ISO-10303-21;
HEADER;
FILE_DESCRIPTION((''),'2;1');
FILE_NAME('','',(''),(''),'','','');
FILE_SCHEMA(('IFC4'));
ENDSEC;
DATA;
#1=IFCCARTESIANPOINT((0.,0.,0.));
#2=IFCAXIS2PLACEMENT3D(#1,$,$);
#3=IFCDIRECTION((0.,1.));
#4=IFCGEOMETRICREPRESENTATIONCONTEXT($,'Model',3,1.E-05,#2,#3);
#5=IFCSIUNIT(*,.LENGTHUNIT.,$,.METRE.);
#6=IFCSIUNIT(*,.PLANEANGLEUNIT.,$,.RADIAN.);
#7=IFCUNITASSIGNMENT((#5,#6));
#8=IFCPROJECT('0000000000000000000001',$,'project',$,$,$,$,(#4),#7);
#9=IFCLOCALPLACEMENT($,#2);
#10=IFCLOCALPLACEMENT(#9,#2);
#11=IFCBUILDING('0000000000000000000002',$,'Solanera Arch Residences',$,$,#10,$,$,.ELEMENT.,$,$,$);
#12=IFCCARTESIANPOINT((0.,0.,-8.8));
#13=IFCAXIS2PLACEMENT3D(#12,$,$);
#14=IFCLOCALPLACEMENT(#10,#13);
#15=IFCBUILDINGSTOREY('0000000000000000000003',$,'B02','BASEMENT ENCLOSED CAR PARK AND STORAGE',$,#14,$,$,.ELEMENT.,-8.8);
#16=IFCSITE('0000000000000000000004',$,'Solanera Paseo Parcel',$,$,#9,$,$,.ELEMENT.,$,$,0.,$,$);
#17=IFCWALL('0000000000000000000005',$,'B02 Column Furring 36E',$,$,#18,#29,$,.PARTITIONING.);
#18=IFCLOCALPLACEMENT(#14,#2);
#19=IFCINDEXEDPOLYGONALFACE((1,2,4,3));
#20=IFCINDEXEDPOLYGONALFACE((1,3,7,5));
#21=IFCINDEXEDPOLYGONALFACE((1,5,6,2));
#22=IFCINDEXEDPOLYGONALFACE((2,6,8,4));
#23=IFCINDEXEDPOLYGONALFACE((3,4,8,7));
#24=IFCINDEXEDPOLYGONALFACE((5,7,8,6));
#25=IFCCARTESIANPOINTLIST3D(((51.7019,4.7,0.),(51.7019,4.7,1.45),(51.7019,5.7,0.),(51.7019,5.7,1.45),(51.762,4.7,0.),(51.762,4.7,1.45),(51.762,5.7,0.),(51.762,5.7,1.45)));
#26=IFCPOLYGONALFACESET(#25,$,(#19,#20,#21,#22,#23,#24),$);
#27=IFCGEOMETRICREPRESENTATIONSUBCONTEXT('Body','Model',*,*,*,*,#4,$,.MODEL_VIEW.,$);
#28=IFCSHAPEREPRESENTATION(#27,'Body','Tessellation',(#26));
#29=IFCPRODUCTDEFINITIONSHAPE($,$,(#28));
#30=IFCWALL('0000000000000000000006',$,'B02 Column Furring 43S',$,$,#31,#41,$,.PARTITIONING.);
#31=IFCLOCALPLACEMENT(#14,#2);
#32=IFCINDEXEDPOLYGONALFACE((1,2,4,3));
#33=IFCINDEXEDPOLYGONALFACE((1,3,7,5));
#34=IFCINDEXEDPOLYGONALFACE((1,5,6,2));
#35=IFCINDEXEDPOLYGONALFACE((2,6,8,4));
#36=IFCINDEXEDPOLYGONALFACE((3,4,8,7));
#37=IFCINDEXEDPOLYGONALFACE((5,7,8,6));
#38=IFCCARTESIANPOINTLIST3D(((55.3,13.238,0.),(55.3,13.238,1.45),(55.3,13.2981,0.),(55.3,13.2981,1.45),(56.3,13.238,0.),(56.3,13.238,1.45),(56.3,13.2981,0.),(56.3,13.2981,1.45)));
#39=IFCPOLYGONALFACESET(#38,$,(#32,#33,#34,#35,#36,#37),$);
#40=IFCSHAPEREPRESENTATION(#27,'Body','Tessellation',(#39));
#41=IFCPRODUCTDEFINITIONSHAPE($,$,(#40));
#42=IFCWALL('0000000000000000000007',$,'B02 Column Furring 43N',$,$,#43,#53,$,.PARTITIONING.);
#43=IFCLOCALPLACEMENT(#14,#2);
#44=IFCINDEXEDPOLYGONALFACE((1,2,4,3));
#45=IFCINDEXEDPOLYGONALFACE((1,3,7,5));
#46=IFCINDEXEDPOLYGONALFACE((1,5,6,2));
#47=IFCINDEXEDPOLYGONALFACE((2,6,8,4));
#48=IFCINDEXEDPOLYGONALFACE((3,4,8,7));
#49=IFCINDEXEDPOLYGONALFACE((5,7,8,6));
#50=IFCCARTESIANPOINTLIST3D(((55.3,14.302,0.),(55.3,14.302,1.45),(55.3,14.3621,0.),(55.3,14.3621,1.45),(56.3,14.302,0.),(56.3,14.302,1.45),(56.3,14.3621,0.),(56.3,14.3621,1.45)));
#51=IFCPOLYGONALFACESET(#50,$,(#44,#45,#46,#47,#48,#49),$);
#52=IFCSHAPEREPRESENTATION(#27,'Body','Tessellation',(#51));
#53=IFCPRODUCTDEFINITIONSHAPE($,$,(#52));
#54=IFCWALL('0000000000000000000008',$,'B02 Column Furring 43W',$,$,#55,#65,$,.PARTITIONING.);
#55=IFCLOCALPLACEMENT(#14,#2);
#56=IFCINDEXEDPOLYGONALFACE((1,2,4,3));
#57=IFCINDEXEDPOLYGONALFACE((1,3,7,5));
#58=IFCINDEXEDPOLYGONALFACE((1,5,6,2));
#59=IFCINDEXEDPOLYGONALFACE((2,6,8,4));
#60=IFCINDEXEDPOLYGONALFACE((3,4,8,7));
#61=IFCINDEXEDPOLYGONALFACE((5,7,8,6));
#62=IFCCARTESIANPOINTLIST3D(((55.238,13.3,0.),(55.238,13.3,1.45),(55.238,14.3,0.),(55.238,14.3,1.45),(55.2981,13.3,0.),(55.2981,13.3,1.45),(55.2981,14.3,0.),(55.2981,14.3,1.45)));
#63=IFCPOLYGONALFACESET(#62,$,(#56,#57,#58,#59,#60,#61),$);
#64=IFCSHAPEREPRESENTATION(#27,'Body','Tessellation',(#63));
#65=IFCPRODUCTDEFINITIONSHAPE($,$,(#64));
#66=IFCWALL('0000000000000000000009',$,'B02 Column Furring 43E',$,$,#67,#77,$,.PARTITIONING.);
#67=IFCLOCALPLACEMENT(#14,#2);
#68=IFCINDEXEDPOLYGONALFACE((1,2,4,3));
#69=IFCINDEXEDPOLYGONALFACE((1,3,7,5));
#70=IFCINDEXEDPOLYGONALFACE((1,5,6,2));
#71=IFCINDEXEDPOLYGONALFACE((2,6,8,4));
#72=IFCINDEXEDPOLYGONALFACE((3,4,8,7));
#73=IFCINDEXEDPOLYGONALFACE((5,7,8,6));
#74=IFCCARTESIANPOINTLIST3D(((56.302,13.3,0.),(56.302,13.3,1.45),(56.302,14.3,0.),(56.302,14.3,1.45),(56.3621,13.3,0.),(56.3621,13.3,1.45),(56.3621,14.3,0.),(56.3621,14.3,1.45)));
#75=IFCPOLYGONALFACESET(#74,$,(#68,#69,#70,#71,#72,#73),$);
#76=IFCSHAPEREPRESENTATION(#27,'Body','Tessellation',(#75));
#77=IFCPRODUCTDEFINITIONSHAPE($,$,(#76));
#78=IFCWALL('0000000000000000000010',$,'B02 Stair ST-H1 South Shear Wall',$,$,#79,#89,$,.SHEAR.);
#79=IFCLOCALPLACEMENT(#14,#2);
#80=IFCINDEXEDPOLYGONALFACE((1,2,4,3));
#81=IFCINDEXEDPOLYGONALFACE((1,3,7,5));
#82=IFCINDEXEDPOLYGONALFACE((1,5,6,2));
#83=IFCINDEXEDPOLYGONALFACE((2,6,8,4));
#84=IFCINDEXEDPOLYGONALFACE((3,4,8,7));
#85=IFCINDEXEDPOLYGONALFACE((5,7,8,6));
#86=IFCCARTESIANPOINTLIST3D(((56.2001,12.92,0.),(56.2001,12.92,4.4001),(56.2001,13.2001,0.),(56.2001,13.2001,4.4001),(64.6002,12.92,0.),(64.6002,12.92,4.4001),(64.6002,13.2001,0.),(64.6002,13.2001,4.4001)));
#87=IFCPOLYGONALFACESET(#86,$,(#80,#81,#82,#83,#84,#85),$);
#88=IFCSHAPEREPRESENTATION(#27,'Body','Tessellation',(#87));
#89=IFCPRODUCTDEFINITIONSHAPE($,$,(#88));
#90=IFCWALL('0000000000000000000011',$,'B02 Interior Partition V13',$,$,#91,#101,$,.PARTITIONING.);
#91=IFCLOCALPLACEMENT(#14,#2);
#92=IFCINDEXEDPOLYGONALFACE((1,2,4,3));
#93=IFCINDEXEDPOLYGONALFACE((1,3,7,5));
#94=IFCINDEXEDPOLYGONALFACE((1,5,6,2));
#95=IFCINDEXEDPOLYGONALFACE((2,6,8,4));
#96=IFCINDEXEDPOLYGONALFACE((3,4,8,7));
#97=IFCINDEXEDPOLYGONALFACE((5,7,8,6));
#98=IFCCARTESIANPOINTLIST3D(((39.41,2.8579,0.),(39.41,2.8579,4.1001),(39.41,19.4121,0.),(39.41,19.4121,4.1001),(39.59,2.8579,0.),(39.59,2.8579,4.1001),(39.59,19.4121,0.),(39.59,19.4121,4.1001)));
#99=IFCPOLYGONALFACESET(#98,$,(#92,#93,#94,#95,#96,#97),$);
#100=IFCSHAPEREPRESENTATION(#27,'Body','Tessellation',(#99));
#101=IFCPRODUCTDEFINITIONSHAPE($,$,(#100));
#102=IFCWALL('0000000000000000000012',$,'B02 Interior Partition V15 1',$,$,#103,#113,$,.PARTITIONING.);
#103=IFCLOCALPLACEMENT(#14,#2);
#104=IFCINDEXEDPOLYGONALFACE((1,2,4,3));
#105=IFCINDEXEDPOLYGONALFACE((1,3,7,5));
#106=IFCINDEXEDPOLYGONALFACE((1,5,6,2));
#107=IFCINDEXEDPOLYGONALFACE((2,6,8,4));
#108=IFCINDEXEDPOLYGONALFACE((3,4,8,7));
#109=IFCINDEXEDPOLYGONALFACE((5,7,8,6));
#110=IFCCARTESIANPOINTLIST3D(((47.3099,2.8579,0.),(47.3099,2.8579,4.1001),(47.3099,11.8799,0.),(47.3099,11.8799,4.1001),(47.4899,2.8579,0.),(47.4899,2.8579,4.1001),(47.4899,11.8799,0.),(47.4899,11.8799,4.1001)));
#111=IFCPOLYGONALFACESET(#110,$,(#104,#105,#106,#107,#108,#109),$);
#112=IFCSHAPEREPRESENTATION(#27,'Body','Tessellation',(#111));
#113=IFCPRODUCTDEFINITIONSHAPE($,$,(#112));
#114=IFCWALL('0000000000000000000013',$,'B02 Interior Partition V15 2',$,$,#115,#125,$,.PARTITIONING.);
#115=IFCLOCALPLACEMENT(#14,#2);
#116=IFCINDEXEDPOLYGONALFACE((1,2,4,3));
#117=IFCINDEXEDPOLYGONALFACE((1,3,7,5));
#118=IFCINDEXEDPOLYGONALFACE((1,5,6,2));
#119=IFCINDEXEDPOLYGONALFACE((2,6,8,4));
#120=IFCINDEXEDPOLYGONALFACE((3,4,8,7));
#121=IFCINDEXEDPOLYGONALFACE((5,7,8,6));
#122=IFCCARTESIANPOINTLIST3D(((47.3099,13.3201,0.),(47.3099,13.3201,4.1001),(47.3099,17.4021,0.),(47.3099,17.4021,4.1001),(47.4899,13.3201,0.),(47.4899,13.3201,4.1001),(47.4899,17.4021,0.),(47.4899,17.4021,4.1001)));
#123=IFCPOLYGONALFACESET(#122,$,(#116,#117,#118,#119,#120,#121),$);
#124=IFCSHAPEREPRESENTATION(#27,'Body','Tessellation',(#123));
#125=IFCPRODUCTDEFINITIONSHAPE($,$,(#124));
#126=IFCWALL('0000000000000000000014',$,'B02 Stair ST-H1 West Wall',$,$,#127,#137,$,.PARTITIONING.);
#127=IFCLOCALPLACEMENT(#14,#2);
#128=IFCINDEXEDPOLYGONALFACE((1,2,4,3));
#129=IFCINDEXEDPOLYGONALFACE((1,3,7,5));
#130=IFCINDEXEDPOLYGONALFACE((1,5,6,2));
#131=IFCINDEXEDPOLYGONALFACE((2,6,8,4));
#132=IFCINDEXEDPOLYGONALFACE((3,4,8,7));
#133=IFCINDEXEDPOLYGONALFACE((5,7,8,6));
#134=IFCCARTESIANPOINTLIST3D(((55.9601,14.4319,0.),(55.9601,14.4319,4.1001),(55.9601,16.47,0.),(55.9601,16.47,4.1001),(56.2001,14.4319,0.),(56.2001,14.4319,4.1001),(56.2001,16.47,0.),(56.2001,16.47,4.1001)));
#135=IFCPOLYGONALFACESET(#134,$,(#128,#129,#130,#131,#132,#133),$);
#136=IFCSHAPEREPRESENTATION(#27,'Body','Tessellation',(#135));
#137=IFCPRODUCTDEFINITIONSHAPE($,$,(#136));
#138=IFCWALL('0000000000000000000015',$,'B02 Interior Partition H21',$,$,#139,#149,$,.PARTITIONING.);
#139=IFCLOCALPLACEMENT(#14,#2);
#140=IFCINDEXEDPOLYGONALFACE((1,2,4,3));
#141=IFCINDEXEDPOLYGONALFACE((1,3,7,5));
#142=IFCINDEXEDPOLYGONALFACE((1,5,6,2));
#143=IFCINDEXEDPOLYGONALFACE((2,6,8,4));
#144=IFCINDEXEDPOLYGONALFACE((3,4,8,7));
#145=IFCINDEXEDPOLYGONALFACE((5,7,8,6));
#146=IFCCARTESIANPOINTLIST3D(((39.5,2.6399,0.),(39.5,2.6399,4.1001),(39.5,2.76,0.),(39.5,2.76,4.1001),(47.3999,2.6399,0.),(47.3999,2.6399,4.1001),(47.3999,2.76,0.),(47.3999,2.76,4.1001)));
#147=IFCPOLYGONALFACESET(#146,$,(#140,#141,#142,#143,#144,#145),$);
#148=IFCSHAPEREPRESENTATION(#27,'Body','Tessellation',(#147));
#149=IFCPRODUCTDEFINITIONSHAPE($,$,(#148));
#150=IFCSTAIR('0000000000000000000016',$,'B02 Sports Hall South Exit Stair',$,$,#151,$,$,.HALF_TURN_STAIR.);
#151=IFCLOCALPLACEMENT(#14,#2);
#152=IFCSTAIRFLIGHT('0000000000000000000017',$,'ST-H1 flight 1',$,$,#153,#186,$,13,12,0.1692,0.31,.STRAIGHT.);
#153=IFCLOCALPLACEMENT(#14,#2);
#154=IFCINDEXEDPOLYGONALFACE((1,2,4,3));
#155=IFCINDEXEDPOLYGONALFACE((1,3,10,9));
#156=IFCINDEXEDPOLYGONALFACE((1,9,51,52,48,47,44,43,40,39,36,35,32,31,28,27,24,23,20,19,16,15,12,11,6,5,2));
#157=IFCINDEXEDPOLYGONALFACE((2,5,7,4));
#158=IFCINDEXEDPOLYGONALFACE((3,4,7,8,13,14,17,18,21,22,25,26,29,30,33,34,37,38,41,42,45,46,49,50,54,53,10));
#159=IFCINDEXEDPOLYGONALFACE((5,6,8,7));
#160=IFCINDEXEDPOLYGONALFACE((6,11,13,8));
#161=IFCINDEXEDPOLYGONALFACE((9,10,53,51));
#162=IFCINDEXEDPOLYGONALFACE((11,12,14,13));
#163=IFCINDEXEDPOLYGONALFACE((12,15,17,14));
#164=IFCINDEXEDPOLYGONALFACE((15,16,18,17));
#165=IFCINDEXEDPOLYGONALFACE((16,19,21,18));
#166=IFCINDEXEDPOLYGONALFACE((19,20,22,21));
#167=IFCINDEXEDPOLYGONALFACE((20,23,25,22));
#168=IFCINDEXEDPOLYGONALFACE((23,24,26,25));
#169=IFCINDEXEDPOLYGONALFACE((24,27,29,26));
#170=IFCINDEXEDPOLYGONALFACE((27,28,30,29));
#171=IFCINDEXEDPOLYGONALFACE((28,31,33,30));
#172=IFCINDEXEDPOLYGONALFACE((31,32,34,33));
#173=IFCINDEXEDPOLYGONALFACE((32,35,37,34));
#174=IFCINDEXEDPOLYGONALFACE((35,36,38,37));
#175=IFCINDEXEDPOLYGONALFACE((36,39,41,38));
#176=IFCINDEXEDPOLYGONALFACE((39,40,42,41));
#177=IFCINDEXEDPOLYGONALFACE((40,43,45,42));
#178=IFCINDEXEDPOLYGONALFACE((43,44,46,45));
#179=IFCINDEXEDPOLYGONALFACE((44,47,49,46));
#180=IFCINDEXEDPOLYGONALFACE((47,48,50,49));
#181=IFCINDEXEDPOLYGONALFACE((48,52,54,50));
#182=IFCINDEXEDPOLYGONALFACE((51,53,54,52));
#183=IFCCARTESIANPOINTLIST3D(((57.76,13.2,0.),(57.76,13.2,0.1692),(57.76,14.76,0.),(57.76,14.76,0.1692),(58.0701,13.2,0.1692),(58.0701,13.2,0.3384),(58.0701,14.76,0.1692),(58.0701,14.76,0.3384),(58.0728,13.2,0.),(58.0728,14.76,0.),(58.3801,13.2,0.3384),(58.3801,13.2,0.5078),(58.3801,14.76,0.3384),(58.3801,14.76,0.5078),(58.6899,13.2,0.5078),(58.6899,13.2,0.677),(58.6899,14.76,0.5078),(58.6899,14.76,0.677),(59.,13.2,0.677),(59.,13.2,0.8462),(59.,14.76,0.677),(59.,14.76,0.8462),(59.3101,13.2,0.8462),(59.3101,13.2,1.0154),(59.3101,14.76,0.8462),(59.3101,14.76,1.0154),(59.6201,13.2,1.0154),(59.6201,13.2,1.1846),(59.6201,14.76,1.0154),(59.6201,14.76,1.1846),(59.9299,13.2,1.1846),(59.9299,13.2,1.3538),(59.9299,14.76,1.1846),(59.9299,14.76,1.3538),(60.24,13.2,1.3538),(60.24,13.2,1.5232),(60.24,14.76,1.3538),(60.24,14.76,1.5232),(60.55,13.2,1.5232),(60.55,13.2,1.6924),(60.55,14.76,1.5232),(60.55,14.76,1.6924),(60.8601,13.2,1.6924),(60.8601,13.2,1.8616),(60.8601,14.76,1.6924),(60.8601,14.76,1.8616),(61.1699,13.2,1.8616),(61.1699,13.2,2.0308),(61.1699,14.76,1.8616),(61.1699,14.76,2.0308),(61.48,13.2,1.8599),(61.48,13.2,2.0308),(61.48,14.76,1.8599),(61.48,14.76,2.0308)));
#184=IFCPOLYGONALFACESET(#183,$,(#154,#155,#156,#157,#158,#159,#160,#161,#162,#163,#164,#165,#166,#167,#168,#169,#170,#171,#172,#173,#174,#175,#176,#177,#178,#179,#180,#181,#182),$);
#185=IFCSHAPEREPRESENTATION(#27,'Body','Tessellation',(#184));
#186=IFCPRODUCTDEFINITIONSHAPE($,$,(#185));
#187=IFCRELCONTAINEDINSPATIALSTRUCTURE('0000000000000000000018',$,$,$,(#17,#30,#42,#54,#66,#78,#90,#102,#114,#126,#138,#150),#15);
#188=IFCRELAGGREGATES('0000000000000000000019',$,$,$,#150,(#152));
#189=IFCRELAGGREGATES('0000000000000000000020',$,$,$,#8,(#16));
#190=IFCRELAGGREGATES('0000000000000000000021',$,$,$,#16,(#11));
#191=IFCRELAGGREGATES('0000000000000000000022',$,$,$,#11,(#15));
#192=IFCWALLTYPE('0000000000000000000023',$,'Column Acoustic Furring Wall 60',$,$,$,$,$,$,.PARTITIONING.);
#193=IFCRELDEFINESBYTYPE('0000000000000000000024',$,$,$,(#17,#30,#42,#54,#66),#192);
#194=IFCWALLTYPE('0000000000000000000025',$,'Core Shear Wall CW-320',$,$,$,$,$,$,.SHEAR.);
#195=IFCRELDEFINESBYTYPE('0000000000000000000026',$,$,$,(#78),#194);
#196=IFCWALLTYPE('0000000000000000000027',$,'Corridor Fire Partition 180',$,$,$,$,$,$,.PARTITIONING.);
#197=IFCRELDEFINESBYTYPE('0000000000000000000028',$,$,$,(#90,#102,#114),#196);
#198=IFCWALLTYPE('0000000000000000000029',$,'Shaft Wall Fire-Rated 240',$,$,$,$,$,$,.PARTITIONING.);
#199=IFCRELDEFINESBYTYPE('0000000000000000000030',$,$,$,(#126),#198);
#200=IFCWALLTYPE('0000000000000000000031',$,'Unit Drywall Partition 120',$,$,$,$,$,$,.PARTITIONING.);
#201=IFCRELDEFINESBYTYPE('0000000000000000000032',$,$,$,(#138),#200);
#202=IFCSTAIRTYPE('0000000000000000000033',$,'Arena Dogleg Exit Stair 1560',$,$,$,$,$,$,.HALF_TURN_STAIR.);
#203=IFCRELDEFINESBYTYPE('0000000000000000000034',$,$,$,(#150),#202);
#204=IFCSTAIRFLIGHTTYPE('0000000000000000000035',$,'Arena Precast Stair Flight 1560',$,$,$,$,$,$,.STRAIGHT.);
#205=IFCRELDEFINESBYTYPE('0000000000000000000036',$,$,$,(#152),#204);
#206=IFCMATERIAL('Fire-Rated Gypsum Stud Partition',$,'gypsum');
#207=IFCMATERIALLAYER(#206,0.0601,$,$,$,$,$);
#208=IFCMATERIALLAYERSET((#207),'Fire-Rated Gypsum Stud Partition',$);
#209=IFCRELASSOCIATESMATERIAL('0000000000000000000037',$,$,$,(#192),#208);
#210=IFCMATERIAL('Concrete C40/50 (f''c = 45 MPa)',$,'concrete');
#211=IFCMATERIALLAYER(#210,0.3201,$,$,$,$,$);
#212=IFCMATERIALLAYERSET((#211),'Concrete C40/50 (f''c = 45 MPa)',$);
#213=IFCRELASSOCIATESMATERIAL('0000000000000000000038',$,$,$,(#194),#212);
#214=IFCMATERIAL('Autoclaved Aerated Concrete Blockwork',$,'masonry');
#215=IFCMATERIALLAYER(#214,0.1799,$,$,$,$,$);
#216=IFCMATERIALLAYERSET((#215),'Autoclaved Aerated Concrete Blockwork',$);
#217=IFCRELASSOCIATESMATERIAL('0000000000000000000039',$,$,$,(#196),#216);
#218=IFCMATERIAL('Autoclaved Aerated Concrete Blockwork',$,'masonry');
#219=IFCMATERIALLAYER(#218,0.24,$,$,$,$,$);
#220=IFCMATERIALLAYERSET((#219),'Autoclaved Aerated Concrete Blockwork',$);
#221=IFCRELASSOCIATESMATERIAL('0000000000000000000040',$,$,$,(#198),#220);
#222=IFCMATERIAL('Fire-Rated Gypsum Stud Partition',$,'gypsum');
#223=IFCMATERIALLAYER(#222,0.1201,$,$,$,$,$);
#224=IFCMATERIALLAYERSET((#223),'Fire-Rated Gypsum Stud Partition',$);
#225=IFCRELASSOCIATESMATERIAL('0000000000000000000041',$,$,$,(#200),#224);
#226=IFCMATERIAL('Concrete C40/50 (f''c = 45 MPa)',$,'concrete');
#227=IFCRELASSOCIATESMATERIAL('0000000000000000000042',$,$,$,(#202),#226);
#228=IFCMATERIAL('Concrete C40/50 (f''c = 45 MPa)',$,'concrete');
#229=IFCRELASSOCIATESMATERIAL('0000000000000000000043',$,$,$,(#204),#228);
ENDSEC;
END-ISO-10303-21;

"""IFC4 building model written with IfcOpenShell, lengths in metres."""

from ifc_helpers import new_model, si_unit, direction, frame, frame_2d, origin, place, context, subcontext, project, spatial, polyline, rectangle, outline, extrude, material, layer, layer_set, type_object, element, aggregate, save


model = new_model("IFC4")

# Units and contexts
model_context = context("Model", 3, precision=1e-05, world=origin(), true_north=direction((0.0, 1.0)))
body_context = subcontext(model_context, "Body", "Model", "MODEL_VIEW")
ifc_project = project(units=[si_unit("LENGTHUNIT", "METRE"), si_unit("PLANEANGLEUNIT", "RADIAN")], contexts=[model_context])

# Site, building, storey
site_placement = place(None, origin())
site = spatial("IfcSite", under=ifc_project, at=site_placement, Name="Solanera Paseo Parcel", CompositionType="ELEMENT", RefElevation=0.0)
building_placement = place(site_placement, origin())
building = spatial("IfcBuilding", under=site, at=building_placement, Name="Solanera Arch Residences", CompositionType="ELEMENT")
storey_placement = place(building_placement, frame((0.0, 0.0, -8.8)))
storey = spatial("IfcBuildingStorey", under=building, at=storey_placement, Name="B02", Description="BASEMENT ENCLOSED CAR PARK AND STORAGE", CompositionType="ELEMENT", Elevation=-8.8)

# Walls
ifc_material_1 = material(Name="Fire-Rated Gypsum Stud Partition", Category="gypsum")
ifc_layer_1 = layer(ifc_material_1, 0.0601)
ifc_layer_set_1 = layer_set([ifc_layer_1], Name="Fire-Rated Gypsum Stud Partition")
wall_type_1 = type_object("IfcWallType", Name="Column Acoustic Furring Wall 60", PredefinedType="PARTITIONING", material=ifc_layer_set_1)
for number, where, z_axis, x_axis, name in (
    (1, (51.7319, 4.7, 0.0), (0.0, 0.0, 1.0), (0.0, 1.0, 0.0), "B02 Column Furring 36E"),
    (2, (55.3, 13.2681, 0.0), (0.0, 0.0, 1.0), (1.0, 0.0, 0.0), "B02 Column Furring 43S"),
    (3, (55.3, 14.332, 0.0), (0.0, 0.0, 1.0), (1.0, 0.0, 0.0), "B02 Column Furring 43N"),
    (4, (55.2681, 13.3, 0.0), (0.0, 0.0, 1.0), (0.0, 1.0, 0.0), "B02 Column Furring 43W"),
    (5, (56.332, 13.3, 0.0), (0.0, 0.0, 1.0), (0.0, 1.0, 0.0), "B02 Column Furring 43E"),
):
    element("IfcWall", number, at=place(storey_placement, frame(where, z_axis=z_axis, x_axis=x_axis)), inside=storey, type_object=wall_type_1, Name=name, PredefinedType="PARTITIONING", context=body_context, shape_type="SweptSolid", body=[
        extrude(rectangle(XDim=1.0, YDim=0.0601, at=frame_2d((0.5, 0.0))), origin(), (0.0, 0.0, 1.0), 1.45),
    ])
ifc_material_2 = material(Name="Concrete C40/50 (f'c = 45 MPa)", Category="concrete")
ifc_layer_2 = layer(ifc_material_2, 0.3201)
ifc_layer_set_2 = layer_set([ifc_layer_2], Name="Concrete C40/50 (f'c = 45 MPa)")
wall_type_2 = type_object("IfcWallType", Name="Core Shear Wall CW-320", PredefinedType="SHEAR", material=ifc_layer_set_2)
wall_1_placement = place(storey_placement, frame((56.2, 13.0601, 0.0), z_axis=(0.0, 0.0, 1.0), x_axis=(1.0, 0.0, 0.0)))
element("IfcWall", 6, at=wall_1_placement, inside=storey, type_object=wall_type_2, Name="B02 Stair ST-H1 South Shear Wall", PredefinedType="SHEAR", context=body_context, shape_type="SweptSolid", body=[
    extrude(rectangle(XDim=8.4001, YDim=0.28, at=frame_2d((4.2002, 0.0))), origin(), (0.0, 0.0, 1.0), 4.4001),
])
ifc_material_3 = material(Name="Autoclaved Aerated Concrete Blockwork", Category="masonry")
ifc_layer_3 = layer(ifc_material_3, 0.1799)
ifc_layer_set_3 = layer_set([ifc_layer_3], Name="Autoclaved Aerated Concrete Blockwork")
wall_type_3 = type_object("IfcWallType", Name="Corridor Fire Partition 180", PredefinedType="PARTITIONING", material=ifc_layer_set_3)
wall_2_placement = place(storey_placement, frame((39.5, 2.8579, 0.0), z_axis=(0.0, 0.0, 1.0), x_axis=(0.0, 1.0, 0.0)))
element("IfcWall", 7, at=wall_2_placement, inside=storey, type_object=wall_type_3, Name="B02 Interior Partition V13", PredefinedType="PARTITIONING", context=body_context, shape_type="SweptSolid", body=[
    extrude(rectangle(XDim=16.5542, YDim=0.1799, at=frame_2d((8.2771, 0.0))), origin(), (0.0, 0.0, 1.0), 4.1001),
])
wall_3_placement = place(storey_placement, frame((47.3999, 2.8579, 0.0), z_axis=(0.0, 0.0, 1.0), x_axis=(0.0, 1.0, 0.0)))
element("IfcWall", 8, at=wall_3_placement, inside=storey, type_object=wall_type_3, Name="B02 Interior Partition V15 1", PredefinedType="PARTITIONING", context=body_context, shape_type="SweptSolid", body=[
    extrude(rectangle(XDim=9.022, YDim=0.1799, at=frame_2d((4.511, 0.0))), origin(), (0.0, 0.0, 1.0), 4.1001),
])
wall_4_placement = place(storey_placement, frame((47.3999, 13.3201, 0.0), z_axis=(0.0, 0.0, 1.0), x_axis=(0.0, 1.0, 0.0)))
element("IfcWall", 9, at=wall_4_placement, inside=storey, type_object=wall_type_3, Name="B02 Interior Partition V15 2", PredefinedType="PARTITIONING", context=body_context, shape_type="SweptSolid", body=[
    extrude(rectangle(XDim=4.082, YDim=0.1799, at=frame_2d((2.041, 0.0))), origin(), (0.0, 0.0, 1.0), 4.1001),
])
ifc_material_4 = material(Name="Autoclaved Aerated Concrete Blockwork", Category="masonry")
ifc_layer_4 = layer(ifc_material_4, 0.24)
ifc_layer_set_4 = layer_set([ifc_layer_4], Name="Autoclaved Aerated Concrete Blockwork")
wall_type_4 = type_object("IfcWallType", Name="Shaft Wall Fire-Rated 240", PredefinedType="PARTITIONING", material=ifc_layer_set_4)
wall_5_placement = place(storey_placement, frame((56.0801, 14.4319, 0.0), z_axis=(0.0, 0.0, 1.0), x_axis=(0.0, 1.0, 0.0)))
element("IfcWall", 10, at=wall_5_placement, inside=storey, type_object=wall_type_4, Name="B02 Stair ST-H1 West Wall", PredefinedType="PARTITIONING", context=body_context, shape_type="SweptSolid", body=[
    extrude(rectangle(XDim=2.0381, YDim=0.24, at=frame_2d((1.019, 0.0))), origin(), (0.0, 0.0, 1.0), 4.1001),
])
ifc_material_5 = material(Name="Fire-Rated Gypsum Stud Partition", Category="gypsum")
ifc_layer_5 = layer(ifc_material_5, 0.1201)
ifc_layer_set_5 = layer_set([ifc_layer_5], Name="Fire-Rated Gypsum Stud Partition")
wall_type_5 = type_object("IfcWallType", Name="Unit Drywall Partition 120", PredefinedType="PARTITIONING", material=ifc_layer_set_5)
wall_6_placement = place(storey_placement, frame((39.5, 2.7, 0.0), z_axis=(0.0, 0.0, 1.0), x_axis=(1.0, 0.0, 0.0)))
element("IfcWall", 11, at=wall_6_placement, inside=storey, type_object=wall_type_5, Name="B02 Interior Partition H21", PredefinedType="PARTITIONING", context=body_context, shape_type="SweptSolid", body=[
    extrude(rectangle(XDim=7.8999, YDim=0.1201, at=frame_2d((3.95, 0.0))), origin(), (0.0, 0.0, 1.0), 4.1001),
])

# Stair, stair flight
ifc_material_6 = material(Name="Concrete C40/50 (f'c = 45 MPa)", Category="concrete")
stair_type = type_object("IfcStairType", Name="Arena Dogleg Exit Stair 1560", PredefinedType="HALF_TURN_STAIR", material=ifc_material_6)
stair_placement = place(storey_placement, origin())
stair = element("IfcStair", 12, at=stair_placement, inside=storey, type_object=stair_type, Name="B02 Sports Hall South Exit Stair", PredefinedType="HALF_TURN_STAIR")
ifc_material_7 = material(Name="Concrete C40/50 (f'c = 45 MPa)", Category="concrete")
stair_flight_type = type_object("IfcStairFlightType", Name="Arena Precast Stair Flight 1560", PredefinedType="STRAIGHT", material=ifc_material_7)
stair_flight_placement = place(storey_placement, frame((57.76, 13.98, 0.0), z_axis=(0.0, 0.0, 1.0), x_axis=(1.0, 0.0, 0.0)))
stair_flight = element("IfcStairFlight", 13, at=stair_flight_placement, type_object=stair_flight_type, Name="ST-H1 flight 1", NumberOfRisers=13, NumberOfTreads=12, PredefinedType="STRAIGHT", RiserHeight=0.1692, TreadLength=0.31, context=body_context, shape_type="SweptSolid", body=[
    extrude(outline(polyline([(0.0, 0.0), (0.0, 0.1692), (0.3101, 0.1692), (0.3101, 0.3384), (0.6201, 0.3384), (0.6201, 0.5078), (0.9299, 0.5078), (0.9299, 0.677), (1.24, 0.677), (1.24, 0.8462), (1.55, 0.8462), (1.55, 1.0154), (1.8601, 1.0154), (1.8601, 1.1846), (2.1699, 1.1846), (2.1699, 1.3538), (2.48, 1.3538), (2.48, 1.5232), (2.79, 1.5232), (2.79, 1.6924), (3.1001, 1.6924), (3.1001, 1.8616), (3.4099, 1.8616), (3.4099, 2.0308), (3.72, 2.0308), (3.72, 2.2), (3.72, 1.8599), (0.3127, 0.0), (0.0, 0.0)])), frame((0.0, 0.78, 0.0), z_axis=(0.0, -1.0, 0.0), x_axis=(1.0, 0.0, 0.0)), (0.0, 0.0, 1.0), 1.5601),
])
aggregate(stair, [stair_flight])

save(model, "model.ifc")
